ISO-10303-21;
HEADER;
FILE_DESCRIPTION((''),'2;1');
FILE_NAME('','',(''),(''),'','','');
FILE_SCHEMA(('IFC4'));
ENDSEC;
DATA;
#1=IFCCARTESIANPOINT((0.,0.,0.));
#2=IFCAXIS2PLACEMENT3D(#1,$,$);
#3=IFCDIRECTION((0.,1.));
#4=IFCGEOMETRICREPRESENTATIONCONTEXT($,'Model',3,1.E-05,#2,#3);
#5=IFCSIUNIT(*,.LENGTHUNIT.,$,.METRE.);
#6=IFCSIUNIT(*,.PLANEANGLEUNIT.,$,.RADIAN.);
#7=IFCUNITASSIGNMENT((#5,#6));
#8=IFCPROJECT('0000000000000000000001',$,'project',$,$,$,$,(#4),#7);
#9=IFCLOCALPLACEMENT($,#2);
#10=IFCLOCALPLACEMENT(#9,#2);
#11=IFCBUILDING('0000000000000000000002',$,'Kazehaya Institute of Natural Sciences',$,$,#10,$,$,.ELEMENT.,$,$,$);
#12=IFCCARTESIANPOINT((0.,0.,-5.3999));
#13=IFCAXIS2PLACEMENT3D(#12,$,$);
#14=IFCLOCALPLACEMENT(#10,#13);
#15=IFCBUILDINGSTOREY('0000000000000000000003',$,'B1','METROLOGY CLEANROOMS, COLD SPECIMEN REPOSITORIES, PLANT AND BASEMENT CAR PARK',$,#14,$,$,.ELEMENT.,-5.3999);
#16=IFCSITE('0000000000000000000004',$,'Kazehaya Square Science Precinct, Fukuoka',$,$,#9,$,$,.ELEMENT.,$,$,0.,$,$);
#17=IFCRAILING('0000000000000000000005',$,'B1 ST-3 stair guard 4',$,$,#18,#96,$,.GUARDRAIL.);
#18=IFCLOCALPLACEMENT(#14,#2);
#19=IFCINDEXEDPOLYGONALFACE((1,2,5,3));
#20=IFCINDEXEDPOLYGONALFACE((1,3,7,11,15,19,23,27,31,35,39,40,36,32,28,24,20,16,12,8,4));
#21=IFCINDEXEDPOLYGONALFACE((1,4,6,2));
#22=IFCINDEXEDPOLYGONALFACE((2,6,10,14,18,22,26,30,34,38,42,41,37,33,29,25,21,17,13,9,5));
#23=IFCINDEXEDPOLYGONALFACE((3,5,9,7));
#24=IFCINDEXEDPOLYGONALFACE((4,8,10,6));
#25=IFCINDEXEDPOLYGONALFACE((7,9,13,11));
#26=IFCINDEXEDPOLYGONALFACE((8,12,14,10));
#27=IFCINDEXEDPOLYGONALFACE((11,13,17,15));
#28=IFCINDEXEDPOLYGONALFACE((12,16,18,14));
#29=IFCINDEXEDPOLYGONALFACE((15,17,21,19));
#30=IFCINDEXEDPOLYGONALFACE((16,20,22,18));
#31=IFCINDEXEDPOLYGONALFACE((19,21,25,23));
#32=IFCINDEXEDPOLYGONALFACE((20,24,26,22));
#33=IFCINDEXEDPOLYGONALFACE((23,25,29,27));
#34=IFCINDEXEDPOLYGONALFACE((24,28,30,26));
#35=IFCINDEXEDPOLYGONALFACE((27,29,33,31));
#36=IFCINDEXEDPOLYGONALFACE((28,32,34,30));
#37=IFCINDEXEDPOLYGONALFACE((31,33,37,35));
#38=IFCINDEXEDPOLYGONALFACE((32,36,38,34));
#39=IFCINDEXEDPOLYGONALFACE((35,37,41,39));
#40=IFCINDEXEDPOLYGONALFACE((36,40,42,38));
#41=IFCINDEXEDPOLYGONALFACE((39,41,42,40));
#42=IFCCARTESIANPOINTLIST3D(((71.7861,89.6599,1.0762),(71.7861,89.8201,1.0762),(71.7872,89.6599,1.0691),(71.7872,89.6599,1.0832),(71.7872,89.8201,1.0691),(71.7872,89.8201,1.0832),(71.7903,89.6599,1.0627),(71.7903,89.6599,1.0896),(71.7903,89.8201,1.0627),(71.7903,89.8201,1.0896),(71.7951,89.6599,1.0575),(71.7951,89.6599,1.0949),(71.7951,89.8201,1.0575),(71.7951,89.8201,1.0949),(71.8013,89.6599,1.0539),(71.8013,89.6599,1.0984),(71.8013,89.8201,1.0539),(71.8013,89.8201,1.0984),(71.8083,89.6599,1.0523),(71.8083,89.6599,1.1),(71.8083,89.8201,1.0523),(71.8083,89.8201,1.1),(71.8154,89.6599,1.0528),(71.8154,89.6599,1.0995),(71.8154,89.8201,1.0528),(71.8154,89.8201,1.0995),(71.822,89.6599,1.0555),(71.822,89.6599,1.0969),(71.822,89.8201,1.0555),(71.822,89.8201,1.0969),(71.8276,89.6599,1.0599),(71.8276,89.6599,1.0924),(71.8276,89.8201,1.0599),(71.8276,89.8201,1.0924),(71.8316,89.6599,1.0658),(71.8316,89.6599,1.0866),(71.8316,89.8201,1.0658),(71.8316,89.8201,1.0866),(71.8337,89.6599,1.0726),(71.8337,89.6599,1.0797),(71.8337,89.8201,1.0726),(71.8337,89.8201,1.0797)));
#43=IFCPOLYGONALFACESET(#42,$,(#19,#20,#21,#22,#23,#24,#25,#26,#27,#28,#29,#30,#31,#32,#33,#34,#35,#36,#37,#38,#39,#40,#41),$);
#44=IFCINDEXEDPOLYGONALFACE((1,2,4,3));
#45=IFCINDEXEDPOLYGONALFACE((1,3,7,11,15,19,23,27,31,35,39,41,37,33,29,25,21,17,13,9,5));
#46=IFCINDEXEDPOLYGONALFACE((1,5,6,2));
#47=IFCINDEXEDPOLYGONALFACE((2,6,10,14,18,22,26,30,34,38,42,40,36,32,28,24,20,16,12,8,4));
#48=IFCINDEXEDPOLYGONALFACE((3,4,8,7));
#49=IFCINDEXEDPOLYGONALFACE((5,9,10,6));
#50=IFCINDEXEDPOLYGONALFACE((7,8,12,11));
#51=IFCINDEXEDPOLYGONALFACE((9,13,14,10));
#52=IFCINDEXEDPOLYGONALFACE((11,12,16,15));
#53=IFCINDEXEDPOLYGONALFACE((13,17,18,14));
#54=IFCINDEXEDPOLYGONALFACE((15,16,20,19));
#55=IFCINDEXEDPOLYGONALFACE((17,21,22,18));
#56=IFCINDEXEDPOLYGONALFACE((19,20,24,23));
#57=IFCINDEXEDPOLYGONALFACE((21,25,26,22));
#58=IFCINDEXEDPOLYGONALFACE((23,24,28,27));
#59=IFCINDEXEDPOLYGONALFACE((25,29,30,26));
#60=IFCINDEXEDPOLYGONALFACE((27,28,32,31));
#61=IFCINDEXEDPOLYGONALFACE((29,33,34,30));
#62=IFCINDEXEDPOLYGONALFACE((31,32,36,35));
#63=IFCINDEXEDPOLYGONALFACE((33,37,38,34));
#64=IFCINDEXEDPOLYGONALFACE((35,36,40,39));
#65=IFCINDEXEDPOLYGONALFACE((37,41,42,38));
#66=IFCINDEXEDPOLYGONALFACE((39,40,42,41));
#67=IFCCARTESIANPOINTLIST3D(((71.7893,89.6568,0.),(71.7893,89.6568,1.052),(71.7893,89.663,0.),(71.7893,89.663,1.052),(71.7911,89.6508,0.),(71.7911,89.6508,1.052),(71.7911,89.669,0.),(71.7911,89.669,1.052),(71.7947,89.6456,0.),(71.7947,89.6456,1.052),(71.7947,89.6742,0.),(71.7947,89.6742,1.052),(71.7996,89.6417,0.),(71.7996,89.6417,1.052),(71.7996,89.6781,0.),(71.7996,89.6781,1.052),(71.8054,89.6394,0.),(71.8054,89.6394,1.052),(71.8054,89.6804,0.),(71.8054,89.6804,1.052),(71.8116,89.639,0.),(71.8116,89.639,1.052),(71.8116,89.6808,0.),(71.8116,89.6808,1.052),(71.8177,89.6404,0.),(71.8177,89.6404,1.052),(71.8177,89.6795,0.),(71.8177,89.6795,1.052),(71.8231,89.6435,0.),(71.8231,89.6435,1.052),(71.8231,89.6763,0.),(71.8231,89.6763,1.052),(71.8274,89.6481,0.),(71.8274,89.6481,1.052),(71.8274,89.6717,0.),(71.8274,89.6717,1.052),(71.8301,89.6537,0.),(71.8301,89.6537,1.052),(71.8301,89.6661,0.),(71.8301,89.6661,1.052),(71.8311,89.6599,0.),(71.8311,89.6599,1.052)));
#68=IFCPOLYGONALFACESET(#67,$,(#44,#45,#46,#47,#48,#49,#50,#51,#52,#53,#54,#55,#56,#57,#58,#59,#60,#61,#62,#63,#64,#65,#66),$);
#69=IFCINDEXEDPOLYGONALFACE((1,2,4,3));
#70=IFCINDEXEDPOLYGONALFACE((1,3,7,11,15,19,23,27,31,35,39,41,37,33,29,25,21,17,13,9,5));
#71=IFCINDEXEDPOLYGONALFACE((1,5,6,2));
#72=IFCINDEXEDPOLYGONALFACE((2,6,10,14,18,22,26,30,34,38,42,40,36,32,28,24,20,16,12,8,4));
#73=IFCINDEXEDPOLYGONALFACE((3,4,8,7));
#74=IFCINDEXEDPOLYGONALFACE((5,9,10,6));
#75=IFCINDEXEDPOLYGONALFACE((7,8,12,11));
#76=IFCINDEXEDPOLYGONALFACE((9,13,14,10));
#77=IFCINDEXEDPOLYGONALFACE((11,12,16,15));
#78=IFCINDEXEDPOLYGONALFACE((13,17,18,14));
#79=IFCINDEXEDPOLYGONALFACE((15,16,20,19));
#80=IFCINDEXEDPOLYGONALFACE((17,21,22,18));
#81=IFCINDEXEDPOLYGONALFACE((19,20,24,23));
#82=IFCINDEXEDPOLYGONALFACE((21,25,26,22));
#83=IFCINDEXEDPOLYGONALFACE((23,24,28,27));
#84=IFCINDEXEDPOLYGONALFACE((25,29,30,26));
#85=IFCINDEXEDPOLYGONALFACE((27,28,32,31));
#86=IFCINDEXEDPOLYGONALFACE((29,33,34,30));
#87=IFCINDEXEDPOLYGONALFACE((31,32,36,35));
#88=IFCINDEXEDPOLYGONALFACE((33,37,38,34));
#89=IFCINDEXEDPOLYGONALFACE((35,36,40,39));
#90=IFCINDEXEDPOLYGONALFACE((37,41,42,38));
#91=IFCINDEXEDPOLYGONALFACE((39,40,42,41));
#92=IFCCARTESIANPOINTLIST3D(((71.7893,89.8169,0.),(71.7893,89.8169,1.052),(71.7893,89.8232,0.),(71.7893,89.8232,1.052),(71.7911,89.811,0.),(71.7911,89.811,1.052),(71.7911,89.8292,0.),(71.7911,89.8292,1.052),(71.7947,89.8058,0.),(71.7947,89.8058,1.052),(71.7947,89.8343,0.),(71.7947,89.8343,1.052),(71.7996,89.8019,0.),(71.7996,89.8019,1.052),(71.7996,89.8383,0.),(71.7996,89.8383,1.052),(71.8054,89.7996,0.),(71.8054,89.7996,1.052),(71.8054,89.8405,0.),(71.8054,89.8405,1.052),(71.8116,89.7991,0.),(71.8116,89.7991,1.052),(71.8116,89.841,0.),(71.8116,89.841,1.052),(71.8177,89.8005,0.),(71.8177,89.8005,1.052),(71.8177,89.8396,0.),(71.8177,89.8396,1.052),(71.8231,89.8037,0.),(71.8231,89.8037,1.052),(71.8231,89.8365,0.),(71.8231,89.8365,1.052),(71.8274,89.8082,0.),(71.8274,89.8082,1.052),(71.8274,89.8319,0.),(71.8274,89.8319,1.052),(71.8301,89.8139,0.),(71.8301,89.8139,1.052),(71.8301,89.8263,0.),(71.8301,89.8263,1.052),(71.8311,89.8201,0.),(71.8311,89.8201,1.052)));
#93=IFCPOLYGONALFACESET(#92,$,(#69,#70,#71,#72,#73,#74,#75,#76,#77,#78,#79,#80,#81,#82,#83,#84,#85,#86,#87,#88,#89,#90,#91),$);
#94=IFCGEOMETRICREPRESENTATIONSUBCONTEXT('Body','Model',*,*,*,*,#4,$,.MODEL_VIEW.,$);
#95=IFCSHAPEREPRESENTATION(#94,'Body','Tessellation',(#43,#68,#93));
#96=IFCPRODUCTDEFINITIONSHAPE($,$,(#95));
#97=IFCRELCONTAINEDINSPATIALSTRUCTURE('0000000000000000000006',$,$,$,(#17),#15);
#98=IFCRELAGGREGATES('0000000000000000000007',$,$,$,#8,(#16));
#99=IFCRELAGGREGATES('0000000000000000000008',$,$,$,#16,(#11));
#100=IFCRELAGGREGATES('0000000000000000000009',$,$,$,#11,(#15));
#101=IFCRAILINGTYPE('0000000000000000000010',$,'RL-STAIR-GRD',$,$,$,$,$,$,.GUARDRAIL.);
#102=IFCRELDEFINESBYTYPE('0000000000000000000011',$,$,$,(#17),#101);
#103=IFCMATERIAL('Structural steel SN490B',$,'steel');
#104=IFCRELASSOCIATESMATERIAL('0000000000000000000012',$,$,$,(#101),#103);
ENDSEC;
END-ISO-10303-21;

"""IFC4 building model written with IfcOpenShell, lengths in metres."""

from ifc_helpers import new_model, si_unit, direction, frame, origin, origin_2d, place, context, subcontext, project, spatial, circle, extrude, material, type_object, element, save


model = new_model("IFC4")

# Units and contexts
model_context = context("Model", 3, precision=1e-05, world=origin(), true_north=direction((0.0, 1.0)))
body_context = subcontext(model_context, "Body", "Model", "MODEL_VIEW")
ifc_project = project(units=[si_unit("LENGTHUNIT", "METRE"), si_unit("PLANEANGLEUNIT", "RADIAN")], contexts=[model_context])

# Site, building, storey
site_placement = place(None, origin())
site = spatial("IfcSite", under=ifc_project, at=site_placement, Name="Kazehaya Square Science Precinct, Fukuoka", CompositionType="ELEMENT", RefElevation=0.0)
building_placement = place(site_placement, origin())
building = spatial("IfcBuilding", under=site, at=building_placement, Name="Kazehaya Institute of Natural Sciences", CompositionType="ELEMENT")
storey_placement = place(building_placement, frame((0.0, 0.0, -5.3999)))
storey = spatial("IfcBuildingStorey", under=building, at=storey_placement, Name="B1", Description="METROLOGY CLEANROOMS, COLD SPECIMEN REPOSITORIES, PLANT AND BASEMENT CAR PARK", CompositionType="ELEMENT", Elevation=-5.3999)

# Railing
ifc_material_1 = material(Name="Structural steel SN490B", Category="steel")
railing_type_1 = type_object("IfcRailingType", Name="RL-STAIR-GRD", PredefinedType="GUARDRAIL", material=ifc_material_1)
railing_1_placement = place(storey_placement, frame((71.8101, 89.6599, 0.0)))
element("IfcRailing", 1, at=railing_1_placement, inside=storey, type_object=railing_type_1, Name="B1 ST-3 stair guard 4", PredefinedType="GUARDRAIL", context=body_context, shape_type="SweptSolid", body=[
    extrude(circle(Radius=0.0239, at=origin_2d()), frame((0.0, 0.0, 1.0762), z_axis=(0.0, 1.0, 0.0), x_axis=(-1.0, 0.0, 0.0)), (0.0, 0.0, 1.0), 0.1602),
    extrude(circle(Radius=0.021, at=origin_2d()), origin(), (0.0, 0.0, 1.0), 1.052),
    extrude(circle(Radius=0.021, at=origin_2d()), frame((0.0, 0.1602, 0.0)), (0.0, 0.0, 1.0), 1.052),
])

save(model, "model.ifc")
